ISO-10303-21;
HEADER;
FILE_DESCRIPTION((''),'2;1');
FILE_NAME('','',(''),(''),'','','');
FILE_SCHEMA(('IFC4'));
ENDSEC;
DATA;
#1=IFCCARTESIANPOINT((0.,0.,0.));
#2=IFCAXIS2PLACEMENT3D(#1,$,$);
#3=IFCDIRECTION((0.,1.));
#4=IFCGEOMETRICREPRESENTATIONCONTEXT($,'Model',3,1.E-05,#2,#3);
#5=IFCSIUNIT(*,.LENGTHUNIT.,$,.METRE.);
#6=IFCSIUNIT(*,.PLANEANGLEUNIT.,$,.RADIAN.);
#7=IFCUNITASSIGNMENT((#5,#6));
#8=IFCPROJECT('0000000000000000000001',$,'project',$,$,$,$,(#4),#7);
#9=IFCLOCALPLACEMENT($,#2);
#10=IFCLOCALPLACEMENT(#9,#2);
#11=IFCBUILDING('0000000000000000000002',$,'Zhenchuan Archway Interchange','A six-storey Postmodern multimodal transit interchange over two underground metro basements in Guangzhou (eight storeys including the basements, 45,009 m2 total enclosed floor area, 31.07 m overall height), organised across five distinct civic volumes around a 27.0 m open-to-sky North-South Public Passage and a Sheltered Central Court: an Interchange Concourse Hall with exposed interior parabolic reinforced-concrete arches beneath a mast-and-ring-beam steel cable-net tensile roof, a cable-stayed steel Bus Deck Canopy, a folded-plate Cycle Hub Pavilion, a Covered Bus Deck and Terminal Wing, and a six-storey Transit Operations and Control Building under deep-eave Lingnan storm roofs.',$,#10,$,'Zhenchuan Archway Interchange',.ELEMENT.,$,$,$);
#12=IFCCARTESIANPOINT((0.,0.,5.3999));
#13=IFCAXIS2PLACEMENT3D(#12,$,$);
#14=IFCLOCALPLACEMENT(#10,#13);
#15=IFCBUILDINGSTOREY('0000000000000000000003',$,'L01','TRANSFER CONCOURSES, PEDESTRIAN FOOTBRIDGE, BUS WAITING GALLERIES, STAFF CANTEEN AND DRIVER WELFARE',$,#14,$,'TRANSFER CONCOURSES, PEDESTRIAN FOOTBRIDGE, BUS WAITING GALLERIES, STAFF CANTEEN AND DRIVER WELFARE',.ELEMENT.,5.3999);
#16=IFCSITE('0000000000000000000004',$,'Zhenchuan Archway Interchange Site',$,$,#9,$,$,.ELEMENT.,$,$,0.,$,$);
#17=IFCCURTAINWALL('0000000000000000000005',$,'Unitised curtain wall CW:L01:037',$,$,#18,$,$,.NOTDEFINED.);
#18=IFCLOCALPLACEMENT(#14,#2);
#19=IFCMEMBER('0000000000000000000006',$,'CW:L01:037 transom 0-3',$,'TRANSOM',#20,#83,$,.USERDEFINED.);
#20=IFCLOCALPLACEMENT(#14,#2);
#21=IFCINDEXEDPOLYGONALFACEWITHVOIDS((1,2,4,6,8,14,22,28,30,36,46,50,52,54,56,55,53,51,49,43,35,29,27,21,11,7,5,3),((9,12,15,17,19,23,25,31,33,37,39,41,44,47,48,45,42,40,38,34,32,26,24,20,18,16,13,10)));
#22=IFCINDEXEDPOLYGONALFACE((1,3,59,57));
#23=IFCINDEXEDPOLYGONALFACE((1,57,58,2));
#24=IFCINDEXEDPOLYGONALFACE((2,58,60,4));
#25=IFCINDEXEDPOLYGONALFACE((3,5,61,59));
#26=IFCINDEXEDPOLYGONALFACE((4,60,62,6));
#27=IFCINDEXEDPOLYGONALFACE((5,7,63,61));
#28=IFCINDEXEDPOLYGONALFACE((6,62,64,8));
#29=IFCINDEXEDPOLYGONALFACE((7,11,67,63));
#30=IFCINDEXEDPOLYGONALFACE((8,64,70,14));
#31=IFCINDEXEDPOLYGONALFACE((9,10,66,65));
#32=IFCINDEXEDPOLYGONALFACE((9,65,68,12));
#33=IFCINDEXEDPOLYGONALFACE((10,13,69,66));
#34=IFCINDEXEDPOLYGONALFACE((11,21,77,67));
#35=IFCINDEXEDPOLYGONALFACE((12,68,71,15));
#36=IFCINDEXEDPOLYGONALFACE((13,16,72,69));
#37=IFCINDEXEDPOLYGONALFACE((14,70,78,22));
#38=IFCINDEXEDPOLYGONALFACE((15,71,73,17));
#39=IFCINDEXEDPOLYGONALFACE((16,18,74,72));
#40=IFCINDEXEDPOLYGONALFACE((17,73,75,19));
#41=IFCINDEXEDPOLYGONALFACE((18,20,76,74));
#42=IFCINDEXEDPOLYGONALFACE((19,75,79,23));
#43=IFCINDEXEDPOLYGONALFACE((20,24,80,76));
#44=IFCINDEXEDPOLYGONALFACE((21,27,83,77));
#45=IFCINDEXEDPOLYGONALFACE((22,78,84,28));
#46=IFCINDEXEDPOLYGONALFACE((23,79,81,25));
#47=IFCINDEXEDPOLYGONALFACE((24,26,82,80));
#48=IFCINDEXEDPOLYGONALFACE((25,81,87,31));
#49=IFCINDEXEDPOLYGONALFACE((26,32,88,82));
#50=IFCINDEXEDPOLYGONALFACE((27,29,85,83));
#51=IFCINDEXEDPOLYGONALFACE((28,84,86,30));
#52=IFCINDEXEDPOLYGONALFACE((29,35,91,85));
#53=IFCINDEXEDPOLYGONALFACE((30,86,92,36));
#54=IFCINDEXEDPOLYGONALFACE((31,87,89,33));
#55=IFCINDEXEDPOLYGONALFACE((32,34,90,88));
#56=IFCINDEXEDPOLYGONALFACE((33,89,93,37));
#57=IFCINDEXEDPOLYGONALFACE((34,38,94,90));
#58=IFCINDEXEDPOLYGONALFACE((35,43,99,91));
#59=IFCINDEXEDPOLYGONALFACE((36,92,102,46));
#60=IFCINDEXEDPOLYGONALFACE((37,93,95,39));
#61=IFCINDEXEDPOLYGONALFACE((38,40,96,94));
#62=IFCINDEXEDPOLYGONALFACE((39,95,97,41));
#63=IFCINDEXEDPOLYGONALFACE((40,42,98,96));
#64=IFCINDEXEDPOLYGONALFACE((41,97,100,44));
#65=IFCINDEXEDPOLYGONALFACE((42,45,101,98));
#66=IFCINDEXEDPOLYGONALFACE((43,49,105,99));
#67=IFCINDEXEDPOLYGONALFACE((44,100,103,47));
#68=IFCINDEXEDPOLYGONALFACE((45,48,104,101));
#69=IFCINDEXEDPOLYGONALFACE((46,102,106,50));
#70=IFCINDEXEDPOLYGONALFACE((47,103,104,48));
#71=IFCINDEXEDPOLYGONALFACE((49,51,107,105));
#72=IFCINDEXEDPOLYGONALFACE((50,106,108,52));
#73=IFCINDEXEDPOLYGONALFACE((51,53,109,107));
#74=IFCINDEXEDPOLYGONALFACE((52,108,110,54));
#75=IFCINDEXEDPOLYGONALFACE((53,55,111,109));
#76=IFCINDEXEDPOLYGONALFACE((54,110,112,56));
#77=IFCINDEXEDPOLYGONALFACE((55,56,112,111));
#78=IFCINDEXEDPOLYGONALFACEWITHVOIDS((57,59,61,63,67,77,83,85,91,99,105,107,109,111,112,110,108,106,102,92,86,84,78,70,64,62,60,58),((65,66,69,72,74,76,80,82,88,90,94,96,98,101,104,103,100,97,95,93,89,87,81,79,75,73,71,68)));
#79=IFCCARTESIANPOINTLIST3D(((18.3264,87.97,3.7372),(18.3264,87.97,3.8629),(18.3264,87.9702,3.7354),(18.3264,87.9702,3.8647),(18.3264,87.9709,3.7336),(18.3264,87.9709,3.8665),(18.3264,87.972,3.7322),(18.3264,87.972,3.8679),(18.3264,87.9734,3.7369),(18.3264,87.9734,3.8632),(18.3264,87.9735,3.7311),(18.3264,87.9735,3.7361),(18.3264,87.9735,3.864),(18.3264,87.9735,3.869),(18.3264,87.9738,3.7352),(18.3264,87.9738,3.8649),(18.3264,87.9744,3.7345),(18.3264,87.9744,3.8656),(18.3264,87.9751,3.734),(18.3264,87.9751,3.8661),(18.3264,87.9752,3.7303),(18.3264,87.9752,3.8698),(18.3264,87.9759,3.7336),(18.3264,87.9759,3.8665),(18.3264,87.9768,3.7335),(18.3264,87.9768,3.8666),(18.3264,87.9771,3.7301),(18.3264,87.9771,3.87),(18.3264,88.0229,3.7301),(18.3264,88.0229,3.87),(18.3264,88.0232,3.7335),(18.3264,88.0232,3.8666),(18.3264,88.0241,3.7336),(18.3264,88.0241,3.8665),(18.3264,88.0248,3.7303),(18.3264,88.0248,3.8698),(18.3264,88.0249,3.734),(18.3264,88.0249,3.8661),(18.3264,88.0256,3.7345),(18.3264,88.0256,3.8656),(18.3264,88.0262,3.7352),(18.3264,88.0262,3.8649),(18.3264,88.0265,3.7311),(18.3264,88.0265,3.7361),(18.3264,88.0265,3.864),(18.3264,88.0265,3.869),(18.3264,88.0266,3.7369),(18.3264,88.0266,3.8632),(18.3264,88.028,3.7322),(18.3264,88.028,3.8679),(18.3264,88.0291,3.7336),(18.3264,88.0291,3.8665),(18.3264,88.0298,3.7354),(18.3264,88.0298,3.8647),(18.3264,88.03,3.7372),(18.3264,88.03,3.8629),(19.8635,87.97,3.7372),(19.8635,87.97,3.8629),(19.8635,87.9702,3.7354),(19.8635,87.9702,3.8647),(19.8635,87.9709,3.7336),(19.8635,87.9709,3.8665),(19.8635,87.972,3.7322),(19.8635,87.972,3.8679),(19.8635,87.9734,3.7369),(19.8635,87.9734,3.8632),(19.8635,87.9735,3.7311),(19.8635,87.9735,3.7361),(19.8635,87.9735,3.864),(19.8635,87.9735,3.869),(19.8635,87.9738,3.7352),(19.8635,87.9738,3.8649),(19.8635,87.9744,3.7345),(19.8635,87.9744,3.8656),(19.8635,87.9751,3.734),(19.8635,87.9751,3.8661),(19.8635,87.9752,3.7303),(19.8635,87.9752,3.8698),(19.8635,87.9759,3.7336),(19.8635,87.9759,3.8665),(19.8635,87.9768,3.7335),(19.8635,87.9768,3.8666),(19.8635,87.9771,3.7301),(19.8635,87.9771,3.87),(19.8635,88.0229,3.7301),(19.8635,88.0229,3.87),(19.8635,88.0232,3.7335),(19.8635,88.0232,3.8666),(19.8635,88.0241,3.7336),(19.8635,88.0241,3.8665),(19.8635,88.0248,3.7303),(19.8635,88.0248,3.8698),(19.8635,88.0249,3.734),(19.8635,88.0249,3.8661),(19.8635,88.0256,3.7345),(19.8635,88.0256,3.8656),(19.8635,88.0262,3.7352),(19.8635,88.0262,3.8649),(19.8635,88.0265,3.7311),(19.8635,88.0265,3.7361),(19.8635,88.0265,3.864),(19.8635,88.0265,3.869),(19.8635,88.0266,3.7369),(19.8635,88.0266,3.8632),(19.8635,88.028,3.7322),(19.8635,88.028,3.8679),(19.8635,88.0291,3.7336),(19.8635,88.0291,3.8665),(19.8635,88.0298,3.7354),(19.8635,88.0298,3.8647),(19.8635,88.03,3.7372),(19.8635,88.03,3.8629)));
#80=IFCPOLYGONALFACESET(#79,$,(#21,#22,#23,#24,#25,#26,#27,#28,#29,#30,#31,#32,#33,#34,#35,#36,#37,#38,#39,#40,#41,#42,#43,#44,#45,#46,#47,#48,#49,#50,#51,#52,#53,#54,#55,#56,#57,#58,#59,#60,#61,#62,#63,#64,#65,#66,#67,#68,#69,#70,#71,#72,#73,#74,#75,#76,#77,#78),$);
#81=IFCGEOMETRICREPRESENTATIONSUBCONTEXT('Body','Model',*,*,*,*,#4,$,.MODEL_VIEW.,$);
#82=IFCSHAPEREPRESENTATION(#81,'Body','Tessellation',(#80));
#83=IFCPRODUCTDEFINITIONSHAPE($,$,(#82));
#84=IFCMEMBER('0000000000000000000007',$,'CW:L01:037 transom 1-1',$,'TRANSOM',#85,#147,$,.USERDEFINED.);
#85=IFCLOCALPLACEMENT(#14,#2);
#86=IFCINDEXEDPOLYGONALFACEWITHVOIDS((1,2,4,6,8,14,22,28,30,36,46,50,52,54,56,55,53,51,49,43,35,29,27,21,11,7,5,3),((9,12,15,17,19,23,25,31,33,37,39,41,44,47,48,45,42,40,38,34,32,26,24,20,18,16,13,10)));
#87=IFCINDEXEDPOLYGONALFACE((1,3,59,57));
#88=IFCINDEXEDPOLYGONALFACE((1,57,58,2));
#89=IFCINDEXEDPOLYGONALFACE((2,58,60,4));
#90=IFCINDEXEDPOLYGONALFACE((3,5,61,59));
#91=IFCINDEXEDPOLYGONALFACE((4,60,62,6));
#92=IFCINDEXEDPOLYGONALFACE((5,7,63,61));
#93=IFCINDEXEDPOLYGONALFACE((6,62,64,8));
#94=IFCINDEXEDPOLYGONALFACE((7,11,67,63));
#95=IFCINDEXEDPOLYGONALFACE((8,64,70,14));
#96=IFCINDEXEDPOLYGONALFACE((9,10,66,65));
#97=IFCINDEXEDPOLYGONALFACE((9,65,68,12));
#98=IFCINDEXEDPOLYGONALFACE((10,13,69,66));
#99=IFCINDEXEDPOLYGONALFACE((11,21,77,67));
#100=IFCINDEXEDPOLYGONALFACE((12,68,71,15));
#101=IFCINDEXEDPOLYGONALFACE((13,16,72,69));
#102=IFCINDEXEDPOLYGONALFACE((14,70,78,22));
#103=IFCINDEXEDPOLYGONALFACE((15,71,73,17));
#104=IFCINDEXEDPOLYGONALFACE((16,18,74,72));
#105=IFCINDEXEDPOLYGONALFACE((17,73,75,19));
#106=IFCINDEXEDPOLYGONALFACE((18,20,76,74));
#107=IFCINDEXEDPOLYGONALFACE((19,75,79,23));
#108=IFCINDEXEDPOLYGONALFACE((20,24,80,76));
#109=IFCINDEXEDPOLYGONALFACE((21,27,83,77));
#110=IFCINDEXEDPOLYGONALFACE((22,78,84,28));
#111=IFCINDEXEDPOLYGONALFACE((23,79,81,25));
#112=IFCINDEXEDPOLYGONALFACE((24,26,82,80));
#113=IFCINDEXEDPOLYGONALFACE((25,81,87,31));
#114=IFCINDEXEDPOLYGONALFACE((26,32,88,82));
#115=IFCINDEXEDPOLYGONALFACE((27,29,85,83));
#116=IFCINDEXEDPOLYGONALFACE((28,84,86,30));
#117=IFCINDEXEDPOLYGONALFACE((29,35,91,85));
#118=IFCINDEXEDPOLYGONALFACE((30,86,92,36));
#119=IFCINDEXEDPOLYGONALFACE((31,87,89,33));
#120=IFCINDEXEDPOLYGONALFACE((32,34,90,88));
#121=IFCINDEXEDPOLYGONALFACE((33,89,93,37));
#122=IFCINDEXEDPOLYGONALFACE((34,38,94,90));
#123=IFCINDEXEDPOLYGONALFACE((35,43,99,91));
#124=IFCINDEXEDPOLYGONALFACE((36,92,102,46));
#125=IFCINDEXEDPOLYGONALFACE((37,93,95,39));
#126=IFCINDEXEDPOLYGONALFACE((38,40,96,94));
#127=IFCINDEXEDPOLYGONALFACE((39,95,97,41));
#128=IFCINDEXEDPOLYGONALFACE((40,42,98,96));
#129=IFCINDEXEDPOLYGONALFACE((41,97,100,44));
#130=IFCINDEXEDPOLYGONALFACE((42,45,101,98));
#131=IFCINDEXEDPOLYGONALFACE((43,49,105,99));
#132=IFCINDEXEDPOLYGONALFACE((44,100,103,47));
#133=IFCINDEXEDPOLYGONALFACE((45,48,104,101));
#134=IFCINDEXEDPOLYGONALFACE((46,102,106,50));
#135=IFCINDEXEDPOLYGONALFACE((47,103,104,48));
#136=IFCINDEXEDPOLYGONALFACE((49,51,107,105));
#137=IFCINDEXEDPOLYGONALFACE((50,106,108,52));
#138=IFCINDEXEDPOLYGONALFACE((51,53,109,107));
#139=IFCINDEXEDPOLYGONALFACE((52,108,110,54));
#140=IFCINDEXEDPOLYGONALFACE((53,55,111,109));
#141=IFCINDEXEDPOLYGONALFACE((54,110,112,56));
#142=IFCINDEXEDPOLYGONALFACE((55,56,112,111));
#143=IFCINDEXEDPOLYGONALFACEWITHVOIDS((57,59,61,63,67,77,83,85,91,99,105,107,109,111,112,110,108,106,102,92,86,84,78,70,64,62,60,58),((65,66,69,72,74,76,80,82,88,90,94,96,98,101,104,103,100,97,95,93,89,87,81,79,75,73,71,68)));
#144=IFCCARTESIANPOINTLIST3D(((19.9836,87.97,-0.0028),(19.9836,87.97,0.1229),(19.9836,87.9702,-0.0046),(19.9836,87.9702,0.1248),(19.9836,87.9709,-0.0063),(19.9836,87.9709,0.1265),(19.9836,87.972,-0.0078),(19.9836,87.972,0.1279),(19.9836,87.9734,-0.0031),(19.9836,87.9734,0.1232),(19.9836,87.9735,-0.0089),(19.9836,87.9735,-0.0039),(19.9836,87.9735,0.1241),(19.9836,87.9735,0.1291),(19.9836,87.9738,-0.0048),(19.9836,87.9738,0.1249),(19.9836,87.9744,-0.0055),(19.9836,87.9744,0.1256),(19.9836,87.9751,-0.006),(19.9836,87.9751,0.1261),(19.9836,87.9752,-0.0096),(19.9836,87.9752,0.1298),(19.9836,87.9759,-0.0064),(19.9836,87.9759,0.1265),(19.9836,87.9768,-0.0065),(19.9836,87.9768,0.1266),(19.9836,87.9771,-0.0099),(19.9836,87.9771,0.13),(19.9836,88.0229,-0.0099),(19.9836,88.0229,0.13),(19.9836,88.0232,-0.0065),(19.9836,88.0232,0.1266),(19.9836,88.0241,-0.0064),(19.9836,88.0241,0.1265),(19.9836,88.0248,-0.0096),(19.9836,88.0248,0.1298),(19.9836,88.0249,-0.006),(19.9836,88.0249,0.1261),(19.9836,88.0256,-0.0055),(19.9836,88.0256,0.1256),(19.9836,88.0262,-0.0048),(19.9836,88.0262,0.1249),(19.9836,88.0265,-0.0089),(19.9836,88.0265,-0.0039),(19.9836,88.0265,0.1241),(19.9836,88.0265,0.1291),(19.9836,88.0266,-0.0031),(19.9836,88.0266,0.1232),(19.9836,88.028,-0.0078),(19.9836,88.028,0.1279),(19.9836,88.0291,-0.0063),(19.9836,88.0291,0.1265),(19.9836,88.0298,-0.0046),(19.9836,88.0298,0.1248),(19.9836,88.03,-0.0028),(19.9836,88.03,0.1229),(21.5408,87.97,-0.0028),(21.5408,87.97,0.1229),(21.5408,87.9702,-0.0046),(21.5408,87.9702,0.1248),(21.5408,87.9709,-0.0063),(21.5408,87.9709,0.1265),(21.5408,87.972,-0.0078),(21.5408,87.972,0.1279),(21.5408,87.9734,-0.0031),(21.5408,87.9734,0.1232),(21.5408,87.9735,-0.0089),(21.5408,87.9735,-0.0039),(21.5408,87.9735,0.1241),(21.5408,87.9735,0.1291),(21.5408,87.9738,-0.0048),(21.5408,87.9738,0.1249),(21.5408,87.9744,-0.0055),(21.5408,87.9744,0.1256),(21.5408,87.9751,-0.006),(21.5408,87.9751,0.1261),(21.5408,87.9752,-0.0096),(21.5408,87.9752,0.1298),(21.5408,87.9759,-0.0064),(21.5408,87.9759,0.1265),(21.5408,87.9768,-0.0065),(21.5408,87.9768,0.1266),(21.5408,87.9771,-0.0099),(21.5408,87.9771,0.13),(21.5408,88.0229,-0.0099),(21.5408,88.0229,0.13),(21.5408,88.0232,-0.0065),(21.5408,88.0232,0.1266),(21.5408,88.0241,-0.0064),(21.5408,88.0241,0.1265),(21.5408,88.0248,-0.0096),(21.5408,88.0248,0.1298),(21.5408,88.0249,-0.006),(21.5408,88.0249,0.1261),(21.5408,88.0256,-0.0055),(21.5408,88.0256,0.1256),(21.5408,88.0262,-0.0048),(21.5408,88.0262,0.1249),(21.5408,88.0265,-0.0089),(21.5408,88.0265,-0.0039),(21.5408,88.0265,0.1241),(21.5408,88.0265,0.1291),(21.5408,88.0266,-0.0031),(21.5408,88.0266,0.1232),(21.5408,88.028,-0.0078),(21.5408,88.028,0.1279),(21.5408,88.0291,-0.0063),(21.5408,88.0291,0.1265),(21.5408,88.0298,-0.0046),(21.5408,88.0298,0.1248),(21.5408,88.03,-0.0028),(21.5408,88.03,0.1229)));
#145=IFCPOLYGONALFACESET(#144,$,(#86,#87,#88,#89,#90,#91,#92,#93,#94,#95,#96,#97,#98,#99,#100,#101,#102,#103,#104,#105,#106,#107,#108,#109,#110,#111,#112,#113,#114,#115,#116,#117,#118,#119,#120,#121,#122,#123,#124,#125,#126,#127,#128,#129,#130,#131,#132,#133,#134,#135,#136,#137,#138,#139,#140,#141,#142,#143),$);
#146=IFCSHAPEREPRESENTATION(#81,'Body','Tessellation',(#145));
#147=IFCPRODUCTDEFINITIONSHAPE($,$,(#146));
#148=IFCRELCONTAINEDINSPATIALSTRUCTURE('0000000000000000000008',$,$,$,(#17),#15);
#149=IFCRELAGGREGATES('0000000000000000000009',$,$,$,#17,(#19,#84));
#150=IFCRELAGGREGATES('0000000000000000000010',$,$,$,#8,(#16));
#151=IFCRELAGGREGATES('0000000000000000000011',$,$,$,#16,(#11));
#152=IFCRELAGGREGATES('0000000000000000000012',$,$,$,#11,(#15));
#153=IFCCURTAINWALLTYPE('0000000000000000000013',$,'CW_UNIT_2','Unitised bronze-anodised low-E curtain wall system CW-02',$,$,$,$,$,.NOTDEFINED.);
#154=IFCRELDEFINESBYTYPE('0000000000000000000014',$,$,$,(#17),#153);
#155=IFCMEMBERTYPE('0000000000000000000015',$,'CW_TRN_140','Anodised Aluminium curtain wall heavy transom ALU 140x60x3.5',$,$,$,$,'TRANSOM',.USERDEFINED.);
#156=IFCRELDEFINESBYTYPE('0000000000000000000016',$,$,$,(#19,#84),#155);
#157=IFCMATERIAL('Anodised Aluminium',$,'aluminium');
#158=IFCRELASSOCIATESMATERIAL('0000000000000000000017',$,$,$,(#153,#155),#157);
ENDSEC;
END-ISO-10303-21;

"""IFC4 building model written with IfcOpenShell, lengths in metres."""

from ifc_helpers import new_model, si_unit, direction, frame, origin, origin_2d, place, context, subcontext, project, spatial, hollow_rectangle, extrude, material, material_profile, profile_set, type_object, element, aggregate, save


model = new_model("IFC4")

# Units and contexts
model_context = context("Model", 3, precision=1e-05, world=origin(), true_north=direction((0.0, 1.0)))
body_context = subcontext(model_context, "Body", "Model", "MODEL_VIEW")
ifc_project = project(units=[si_unit("LENGTHUNIT", "METRE"), si_unit("PLANEANGLEUNIT", "RADIAN")], contexts=[model_context])

# Site, building, storey
site_placement = place(None, origin())
site = spatial("IfcSite", under=ifc_project, at=site_placement, Name="Zhenchuan Archway Interchange Site", CompositionType="ELEMENT", RefElevation=0.0)
building_placement = place(site_placement, origin())
building = spatial("IfcBuilding", under=site, at=building_placement, Name="Zhenchuan Archway Interchange", Description="A six-storey Postmodern multimodal transit interchange over two underground metro basements in Guangzhou (eight storeys including the basements, 45,009 m2 total enclosed floor area, 31.07 m overall height), organised across five distinct civic volumes around a 27.0 m open-to-sky North-South Public Passage and a Sheltered Central Court: an Interchange Concourse Hall with exposed interior parabolic reinforced-concrete arches beneath a mast-and-ring-beam steel cable-net tensile roof, a cable-stayed steel Bus Deck Canopy, a folded-plate Cycle Hub Pavilion, a Covered Bus Deck and Terminal Wing, and a six-storey Transit Operations and Control Building under deep-eave Lingnan storm roofs.", LongName="Zhenchuan Archway Interchange", CompositionType="ELEMENT")
storey_placement = place(building_placement, frame((0.0, 0.0, 5.3999)))
storey = spatial("IfcBuildingStorey", under=building, at=storey_placement, Name="L01", Description="TRANSFER CONCOURSES, PEDESTRIAN FOOTBRIDGE, BUS WAITING GALLERIES, STAFF CANTEEN AND DRIVER WELFARE", LongName="TRANSFER CONCOURSES, PEDESTRIAN FOOTBRIDGE, BUS WAITING GALLERIES, STAFF CANTEEN AND DRIVER WELFARE", CompositionType="ELEMENT", Elevation=5.3999)

# Shared definitions
ifc_material_1 = material(Name="Anodised Aluminium", Category="aluminium")

# Curtain wall
curtain_wall_type_1 = type_object("IfcCurtainWallType", Name="CW_UNIT_2", Description="Unitised bronze-anodised low-E curtain wall system CW-02", PredefinedType="NOTDEFINED", material=ifc_material_1)
curtain_wall_1_placement = place(storey_placement, origin())
curtain_wall_1 = element("IfcCurtainWall", 1, at=curtain_wall_1_placement, inside=storey, type_object=curtain_wall_type_1, Name="Unitised curtain wall CW:L01:037", PredefinedType="NOTDEFINED")

# Members
ifc_material_profile_1 = material_profile(ifc_material_1, hollow_rectangle(XDim=0.0601, YDim=0.1399, WallThickness=0.0034, InnerFilletRadius=0.0034, OuterFilletRadius=0.0071, at=origin_2d()), Name="ALU 140x60x3.5")
ifc_profile_set_1 = profile_set([ifc_material_profile_1], Name="Anodised Aluminium")
member_type_1 = type_object("IfcMemberType", Name="CW_TRN_140", Description="Anodised Aluminium curtain wall heavy transom ALU 140x60x3.5", ElementType="TRANSOM", PredefinedType="USERDEFINED", material=ifc_profile_set_1)
member_1_placement = place(storey_placement, frame((18.3264, 88.0, 3.8), z_axis=(1.0, 0.0, 0.0), x_axis=(0.0, 1.0, 0.0)))
member_1 = element("IfcMember", 2, at=member_1_placement, type_object=member_type_1, Name="CW:L01:037 transom 0-3", ObjectType="TRANSOM", PredefinedType="USERDEFINED", context=body_context, shape_type="SweptSolid", body=[
    extrude(hollow_rectangle(XDim=0.0601, YDim=0.1399, WallThickness=0.0034, InnerFilletRadius=0.0034, OuterFilletRadius=0.0071, at=origin_2d()), origin(), (0.0, 0.0, 1.0), 1.5371),
])
member_2_placement = place(storey_placement, frame((19.9836, 88.0, 0.0601), z_axis=(1.0, 0.0, 0.0), x_axis=(0.0, 1.0, 0.0)))
member_2 = element("IfcMember", 3, at=member_2_placement, type_object=member_type_1, Name="CW:L01:037 transom 1-1", ObjectType="TRANSOM", PredefinedType="USERDEFINED", context=body_context, shape_type="SweptSolid", body=[
    extrude(hollow_rectangle(XDim=0.0601, YDim=0.1399, WallThickness=0.0034, InnerFilletRadius=0.0034, OuterFilletRadius=0.0071, at=origin_2d()), origin(), (0.0, 0.0, 1.0), 1.5571),
])

aggregate(curtain_wall_1, [member_1, member_2])

save(model, "model.ifc")
